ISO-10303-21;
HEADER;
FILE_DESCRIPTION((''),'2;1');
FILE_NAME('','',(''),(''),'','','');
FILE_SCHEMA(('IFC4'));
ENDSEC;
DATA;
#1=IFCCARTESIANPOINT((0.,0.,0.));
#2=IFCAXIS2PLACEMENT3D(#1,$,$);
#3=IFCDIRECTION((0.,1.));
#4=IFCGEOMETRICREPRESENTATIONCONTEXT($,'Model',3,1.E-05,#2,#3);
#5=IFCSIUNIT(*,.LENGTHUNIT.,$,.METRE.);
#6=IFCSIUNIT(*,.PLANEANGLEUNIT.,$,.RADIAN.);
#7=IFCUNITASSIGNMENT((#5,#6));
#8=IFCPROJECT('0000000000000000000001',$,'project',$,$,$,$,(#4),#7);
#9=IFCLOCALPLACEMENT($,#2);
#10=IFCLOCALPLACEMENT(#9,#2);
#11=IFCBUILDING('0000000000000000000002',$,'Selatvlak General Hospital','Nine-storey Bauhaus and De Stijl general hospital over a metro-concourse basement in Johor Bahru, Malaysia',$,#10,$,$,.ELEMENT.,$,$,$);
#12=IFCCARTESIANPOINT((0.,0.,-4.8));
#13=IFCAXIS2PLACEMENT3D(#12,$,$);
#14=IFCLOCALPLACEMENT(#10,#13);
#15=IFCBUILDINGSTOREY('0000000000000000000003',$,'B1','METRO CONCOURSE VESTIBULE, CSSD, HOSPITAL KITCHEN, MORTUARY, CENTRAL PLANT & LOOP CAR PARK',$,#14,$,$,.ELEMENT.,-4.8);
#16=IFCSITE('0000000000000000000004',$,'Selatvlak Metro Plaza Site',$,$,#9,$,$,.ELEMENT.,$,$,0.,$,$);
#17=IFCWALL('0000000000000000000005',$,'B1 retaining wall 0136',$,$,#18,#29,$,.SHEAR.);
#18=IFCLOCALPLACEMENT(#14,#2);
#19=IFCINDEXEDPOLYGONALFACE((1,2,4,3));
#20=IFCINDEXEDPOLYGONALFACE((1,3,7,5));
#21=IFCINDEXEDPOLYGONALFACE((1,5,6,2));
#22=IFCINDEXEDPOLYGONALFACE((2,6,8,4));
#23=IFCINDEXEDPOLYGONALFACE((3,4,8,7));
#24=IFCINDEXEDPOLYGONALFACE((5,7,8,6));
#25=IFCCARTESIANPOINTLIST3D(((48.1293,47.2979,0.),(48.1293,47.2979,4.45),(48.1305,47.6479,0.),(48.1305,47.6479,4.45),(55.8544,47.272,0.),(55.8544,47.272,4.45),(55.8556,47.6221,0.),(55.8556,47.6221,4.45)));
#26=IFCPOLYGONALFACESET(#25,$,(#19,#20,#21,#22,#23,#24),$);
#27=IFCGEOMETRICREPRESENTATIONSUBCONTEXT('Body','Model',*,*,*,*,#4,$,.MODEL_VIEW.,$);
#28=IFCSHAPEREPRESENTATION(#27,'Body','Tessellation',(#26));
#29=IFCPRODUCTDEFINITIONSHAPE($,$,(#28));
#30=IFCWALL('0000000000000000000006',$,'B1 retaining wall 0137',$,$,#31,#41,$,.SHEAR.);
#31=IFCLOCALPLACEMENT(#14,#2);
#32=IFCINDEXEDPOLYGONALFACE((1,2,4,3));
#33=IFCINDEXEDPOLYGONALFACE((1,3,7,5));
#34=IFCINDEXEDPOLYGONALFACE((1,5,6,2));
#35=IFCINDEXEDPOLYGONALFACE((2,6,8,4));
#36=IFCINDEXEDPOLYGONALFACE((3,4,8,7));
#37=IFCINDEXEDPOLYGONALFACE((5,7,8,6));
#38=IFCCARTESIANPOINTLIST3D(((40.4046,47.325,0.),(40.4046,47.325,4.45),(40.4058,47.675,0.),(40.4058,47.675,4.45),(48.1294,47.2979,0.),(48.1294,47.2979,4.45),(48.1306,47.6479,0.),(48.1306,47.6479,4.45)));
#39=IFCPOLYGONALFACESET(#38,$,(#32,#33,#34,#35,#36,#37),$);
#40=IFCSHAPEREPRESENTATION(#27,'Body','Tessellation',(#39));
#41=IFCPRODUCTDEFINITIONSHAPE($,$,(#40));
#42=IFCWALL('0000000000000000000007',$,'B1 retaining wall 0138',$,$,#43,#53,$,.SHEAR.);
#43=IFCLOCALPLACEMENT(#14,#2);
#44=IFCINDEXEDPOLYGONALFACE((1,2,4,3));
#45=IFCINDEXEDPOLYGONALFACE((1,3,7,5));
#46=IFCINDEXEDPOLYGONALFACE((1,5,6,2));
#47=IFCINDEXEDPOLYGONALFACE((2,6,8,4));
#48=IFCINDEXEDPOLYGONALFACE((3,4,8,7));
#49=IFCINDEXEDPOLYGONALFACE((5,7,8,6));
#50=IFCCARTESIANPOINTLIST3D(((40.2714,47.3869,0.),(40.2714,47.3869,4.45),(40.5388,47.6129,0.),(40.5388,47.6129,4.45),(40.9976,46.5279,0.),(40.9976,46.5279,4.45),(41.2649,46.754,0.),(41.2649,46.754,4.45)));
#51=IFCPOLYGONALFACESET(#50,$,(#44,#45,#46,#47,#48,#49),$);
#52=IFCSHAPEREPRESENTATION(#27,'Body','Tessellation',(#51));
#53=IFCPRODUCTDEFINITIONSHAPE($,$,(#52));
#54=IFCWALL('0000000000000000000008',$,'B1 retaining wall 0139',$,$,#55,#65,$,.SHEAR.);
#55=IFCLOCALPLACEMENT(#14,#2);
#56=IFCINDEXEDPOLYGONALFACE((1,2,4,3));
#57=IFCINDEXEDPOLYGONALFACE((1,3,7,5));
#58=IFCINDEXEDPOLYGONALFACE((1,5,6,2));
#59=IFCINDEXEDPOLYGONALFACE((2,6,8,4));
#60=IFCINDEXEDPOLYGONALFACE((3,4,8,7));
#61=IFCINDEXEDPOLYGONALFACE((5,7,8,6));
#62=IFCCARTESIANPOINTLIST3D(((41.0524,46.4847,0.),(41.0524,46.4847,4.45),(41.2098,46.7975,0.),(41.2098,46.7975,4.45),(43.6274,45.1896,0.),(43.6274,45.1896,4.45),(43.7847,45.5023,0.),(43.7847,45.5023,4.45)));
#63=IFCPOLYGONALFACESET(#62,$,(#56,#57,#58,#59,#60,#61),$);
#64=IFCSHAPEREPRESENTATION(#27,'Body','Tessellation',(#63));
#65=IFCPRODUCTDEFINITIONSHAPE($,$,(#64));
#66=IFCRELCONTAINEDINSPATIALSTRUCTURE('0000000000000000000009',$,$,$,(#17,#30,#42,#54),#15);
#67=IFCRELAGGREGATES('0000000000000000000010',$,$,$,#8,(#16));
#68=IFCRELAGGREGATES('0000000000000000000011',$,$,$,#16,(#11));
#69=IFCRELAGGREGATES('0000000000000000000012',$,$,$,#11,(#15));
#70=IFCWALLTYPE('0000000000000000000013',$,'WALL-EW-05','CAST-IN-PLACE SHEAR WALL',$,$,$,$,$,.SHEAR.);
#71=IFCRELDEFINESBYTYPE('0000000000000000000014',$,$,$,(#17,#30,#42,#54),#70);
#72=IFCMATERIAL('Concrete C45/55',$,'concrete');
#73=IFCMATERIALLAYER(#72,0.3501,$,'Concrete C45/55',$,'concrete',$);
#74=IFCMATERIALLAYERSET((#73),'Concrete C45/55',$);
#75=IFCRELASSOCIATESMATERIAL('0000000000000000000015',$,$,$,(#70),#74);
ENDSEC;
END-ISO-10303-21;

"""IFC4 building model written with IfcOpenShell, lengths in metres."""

from ifc_helpers import new_model, si_unit, direction, frame, frame_2d, origin, place, context, subcontext, project, spatial, rectangle, extrude, material, layer, layer_set, type_object, element, save


model = new_model("IFC4")

# Units and contexts
model_context = context("Model", 3, precision=1e-05, world=origin(), true_north=direction((0.0, 1.0)))
body_context = subcontext(model_context, "Body", "Model", "MODEL_VIEW")
ifc_project = project(units=[si_unit("LENGTHUNIT", "METRE"), si_unit("PLANEANGLEUNIT", "RADIAN")], contexts=[model_context])

# Site, building, storey
site_placement = place(None, origin())
site = spatial("IfcSite", under=ifc_project, at=site_placement, Name="Selatvlak Metro Plaza Site", CompositionType="ELEMENT", RefElevation=0.0)
building_placement = place(site_placement, origin())
building = spatial("IfcBuilding", under=site, at=building_placement, Name="Selatvlak General Hospital", Description="Nine-storey Bauhaus and De Stijl general hospital over a metro-concourse basement in Johor Bahru, Malaysia", CompositionType="ELEMENT")
storey_placement = place(building_placement, frame((0.0, 0.0, -4.8)))
storey = spatial("IfcBuildingStorey", under=building, at=storey_placement, Name="B1", Description="METRO CONCOURSE VESTIBULE, CSSD, HOSPITAL KITCHEN, MORTUARY, CENTRAL PLANT & LOOP CAR PARK", CompositionType="ELEMENT", Elevation=-4.8)

# Walls
ifc_material_1 = material(Name="Concrete C45/55", Category="concrete")
ifc_layer = layer(ifc_material_1, 0.3501, Name="Concrete C45/55", Category="concrete")
ifc_layer_set = layer_set([ifc_layer], Name="Concrete C45/55")
wall_type = type_object("IfcWallType", Name="WALL-EW-05", Description="CAST-IN-PLACE SHEAR WALL", PredefinedType="SHEAR", material=ifc_layer_set)
wall_1_placement = place(storey_placement, frame((55.855, 47.447, 0.0), z_axis=(0.0, 0.0, 1.0), x_axis=(-0.999994, 0.00335, 0.0)))
element("IfcWall", 1, at=wall_1_placement, inside=storey, type_object=wall_type, Name="B1 retaining wall 0136", PredefinedType="SHEAR", context=body_context, shape_type="SweptSolid", body=[
    extrude(rectangle(XDim=7.7251, YDim=0.3501, at=frame_2d((3.8625, 0.0))), origin(), (0.0, 0.0, 1.0), 4.45),
])
wall_2_placement = place(storey_placement, frame((48.1299, 47.4729, 0.0), z_axis=(0.0, 0.0, 1.0), x_axis=(-0.999994, 0.003508, 0.0)))
element("IfcWall", 2, at=wall_2_placement, inside=storey, type_object=wall_type, Name="B1 retaining wall 0137", PredefinedType="SHEAR", context=body_context, shape_type="SweptSolid", body=[
    extrude(rectangle(XDim=7.7249, YDim=0.3501, at=frame_2d((3.8623, 0.0))), origin(), (0.0, 0.0, 1.0), 4.45),
])
wall_3_placement = place(storey_placement, frame((40.405, 47.5, 0.0), z_axis=(0.0, 0.0, 1.0), x_axis=(0.645592, -0.763683, 0.0)))
element("IfcWall", 3, at=wall_3_placement, inside=storey, type_object=wall_type, Name="B1 retaining wall 0138", PredefinedType="SHEAR", context=body_context, shape_type="SweptSolid", body=[
    extrude(rectangle(XDim=1.1248, YDim=0.3501, at=frame_2d((0.5625, 0.0))), origin(), (0.0, 0.0, 1.0), 4.45),
])
wall_4_placement = place(storey_placement, frame((41.1311, 46.6411, 0.0), z_axis=(0.0, 0.0, 1.0), x_axis=(0.893357, -0.449347, 0.0)))
element("IfcWall", 4, at=wall_4_placement, inside=storey, type_object=wall_type, Name="B1 retaining wall 0139", PredefinedType="SHEAR", context=body_context, shape_type="SweptSolid", body=[
    extrude(rectangle(XDim=2.8823, YDim=0.3501, at=frame_2d((1.4412, 0.0))), origin(), (0.0, 0.0, 1.0), 4.45),
])

save(model, "model.ifc")
